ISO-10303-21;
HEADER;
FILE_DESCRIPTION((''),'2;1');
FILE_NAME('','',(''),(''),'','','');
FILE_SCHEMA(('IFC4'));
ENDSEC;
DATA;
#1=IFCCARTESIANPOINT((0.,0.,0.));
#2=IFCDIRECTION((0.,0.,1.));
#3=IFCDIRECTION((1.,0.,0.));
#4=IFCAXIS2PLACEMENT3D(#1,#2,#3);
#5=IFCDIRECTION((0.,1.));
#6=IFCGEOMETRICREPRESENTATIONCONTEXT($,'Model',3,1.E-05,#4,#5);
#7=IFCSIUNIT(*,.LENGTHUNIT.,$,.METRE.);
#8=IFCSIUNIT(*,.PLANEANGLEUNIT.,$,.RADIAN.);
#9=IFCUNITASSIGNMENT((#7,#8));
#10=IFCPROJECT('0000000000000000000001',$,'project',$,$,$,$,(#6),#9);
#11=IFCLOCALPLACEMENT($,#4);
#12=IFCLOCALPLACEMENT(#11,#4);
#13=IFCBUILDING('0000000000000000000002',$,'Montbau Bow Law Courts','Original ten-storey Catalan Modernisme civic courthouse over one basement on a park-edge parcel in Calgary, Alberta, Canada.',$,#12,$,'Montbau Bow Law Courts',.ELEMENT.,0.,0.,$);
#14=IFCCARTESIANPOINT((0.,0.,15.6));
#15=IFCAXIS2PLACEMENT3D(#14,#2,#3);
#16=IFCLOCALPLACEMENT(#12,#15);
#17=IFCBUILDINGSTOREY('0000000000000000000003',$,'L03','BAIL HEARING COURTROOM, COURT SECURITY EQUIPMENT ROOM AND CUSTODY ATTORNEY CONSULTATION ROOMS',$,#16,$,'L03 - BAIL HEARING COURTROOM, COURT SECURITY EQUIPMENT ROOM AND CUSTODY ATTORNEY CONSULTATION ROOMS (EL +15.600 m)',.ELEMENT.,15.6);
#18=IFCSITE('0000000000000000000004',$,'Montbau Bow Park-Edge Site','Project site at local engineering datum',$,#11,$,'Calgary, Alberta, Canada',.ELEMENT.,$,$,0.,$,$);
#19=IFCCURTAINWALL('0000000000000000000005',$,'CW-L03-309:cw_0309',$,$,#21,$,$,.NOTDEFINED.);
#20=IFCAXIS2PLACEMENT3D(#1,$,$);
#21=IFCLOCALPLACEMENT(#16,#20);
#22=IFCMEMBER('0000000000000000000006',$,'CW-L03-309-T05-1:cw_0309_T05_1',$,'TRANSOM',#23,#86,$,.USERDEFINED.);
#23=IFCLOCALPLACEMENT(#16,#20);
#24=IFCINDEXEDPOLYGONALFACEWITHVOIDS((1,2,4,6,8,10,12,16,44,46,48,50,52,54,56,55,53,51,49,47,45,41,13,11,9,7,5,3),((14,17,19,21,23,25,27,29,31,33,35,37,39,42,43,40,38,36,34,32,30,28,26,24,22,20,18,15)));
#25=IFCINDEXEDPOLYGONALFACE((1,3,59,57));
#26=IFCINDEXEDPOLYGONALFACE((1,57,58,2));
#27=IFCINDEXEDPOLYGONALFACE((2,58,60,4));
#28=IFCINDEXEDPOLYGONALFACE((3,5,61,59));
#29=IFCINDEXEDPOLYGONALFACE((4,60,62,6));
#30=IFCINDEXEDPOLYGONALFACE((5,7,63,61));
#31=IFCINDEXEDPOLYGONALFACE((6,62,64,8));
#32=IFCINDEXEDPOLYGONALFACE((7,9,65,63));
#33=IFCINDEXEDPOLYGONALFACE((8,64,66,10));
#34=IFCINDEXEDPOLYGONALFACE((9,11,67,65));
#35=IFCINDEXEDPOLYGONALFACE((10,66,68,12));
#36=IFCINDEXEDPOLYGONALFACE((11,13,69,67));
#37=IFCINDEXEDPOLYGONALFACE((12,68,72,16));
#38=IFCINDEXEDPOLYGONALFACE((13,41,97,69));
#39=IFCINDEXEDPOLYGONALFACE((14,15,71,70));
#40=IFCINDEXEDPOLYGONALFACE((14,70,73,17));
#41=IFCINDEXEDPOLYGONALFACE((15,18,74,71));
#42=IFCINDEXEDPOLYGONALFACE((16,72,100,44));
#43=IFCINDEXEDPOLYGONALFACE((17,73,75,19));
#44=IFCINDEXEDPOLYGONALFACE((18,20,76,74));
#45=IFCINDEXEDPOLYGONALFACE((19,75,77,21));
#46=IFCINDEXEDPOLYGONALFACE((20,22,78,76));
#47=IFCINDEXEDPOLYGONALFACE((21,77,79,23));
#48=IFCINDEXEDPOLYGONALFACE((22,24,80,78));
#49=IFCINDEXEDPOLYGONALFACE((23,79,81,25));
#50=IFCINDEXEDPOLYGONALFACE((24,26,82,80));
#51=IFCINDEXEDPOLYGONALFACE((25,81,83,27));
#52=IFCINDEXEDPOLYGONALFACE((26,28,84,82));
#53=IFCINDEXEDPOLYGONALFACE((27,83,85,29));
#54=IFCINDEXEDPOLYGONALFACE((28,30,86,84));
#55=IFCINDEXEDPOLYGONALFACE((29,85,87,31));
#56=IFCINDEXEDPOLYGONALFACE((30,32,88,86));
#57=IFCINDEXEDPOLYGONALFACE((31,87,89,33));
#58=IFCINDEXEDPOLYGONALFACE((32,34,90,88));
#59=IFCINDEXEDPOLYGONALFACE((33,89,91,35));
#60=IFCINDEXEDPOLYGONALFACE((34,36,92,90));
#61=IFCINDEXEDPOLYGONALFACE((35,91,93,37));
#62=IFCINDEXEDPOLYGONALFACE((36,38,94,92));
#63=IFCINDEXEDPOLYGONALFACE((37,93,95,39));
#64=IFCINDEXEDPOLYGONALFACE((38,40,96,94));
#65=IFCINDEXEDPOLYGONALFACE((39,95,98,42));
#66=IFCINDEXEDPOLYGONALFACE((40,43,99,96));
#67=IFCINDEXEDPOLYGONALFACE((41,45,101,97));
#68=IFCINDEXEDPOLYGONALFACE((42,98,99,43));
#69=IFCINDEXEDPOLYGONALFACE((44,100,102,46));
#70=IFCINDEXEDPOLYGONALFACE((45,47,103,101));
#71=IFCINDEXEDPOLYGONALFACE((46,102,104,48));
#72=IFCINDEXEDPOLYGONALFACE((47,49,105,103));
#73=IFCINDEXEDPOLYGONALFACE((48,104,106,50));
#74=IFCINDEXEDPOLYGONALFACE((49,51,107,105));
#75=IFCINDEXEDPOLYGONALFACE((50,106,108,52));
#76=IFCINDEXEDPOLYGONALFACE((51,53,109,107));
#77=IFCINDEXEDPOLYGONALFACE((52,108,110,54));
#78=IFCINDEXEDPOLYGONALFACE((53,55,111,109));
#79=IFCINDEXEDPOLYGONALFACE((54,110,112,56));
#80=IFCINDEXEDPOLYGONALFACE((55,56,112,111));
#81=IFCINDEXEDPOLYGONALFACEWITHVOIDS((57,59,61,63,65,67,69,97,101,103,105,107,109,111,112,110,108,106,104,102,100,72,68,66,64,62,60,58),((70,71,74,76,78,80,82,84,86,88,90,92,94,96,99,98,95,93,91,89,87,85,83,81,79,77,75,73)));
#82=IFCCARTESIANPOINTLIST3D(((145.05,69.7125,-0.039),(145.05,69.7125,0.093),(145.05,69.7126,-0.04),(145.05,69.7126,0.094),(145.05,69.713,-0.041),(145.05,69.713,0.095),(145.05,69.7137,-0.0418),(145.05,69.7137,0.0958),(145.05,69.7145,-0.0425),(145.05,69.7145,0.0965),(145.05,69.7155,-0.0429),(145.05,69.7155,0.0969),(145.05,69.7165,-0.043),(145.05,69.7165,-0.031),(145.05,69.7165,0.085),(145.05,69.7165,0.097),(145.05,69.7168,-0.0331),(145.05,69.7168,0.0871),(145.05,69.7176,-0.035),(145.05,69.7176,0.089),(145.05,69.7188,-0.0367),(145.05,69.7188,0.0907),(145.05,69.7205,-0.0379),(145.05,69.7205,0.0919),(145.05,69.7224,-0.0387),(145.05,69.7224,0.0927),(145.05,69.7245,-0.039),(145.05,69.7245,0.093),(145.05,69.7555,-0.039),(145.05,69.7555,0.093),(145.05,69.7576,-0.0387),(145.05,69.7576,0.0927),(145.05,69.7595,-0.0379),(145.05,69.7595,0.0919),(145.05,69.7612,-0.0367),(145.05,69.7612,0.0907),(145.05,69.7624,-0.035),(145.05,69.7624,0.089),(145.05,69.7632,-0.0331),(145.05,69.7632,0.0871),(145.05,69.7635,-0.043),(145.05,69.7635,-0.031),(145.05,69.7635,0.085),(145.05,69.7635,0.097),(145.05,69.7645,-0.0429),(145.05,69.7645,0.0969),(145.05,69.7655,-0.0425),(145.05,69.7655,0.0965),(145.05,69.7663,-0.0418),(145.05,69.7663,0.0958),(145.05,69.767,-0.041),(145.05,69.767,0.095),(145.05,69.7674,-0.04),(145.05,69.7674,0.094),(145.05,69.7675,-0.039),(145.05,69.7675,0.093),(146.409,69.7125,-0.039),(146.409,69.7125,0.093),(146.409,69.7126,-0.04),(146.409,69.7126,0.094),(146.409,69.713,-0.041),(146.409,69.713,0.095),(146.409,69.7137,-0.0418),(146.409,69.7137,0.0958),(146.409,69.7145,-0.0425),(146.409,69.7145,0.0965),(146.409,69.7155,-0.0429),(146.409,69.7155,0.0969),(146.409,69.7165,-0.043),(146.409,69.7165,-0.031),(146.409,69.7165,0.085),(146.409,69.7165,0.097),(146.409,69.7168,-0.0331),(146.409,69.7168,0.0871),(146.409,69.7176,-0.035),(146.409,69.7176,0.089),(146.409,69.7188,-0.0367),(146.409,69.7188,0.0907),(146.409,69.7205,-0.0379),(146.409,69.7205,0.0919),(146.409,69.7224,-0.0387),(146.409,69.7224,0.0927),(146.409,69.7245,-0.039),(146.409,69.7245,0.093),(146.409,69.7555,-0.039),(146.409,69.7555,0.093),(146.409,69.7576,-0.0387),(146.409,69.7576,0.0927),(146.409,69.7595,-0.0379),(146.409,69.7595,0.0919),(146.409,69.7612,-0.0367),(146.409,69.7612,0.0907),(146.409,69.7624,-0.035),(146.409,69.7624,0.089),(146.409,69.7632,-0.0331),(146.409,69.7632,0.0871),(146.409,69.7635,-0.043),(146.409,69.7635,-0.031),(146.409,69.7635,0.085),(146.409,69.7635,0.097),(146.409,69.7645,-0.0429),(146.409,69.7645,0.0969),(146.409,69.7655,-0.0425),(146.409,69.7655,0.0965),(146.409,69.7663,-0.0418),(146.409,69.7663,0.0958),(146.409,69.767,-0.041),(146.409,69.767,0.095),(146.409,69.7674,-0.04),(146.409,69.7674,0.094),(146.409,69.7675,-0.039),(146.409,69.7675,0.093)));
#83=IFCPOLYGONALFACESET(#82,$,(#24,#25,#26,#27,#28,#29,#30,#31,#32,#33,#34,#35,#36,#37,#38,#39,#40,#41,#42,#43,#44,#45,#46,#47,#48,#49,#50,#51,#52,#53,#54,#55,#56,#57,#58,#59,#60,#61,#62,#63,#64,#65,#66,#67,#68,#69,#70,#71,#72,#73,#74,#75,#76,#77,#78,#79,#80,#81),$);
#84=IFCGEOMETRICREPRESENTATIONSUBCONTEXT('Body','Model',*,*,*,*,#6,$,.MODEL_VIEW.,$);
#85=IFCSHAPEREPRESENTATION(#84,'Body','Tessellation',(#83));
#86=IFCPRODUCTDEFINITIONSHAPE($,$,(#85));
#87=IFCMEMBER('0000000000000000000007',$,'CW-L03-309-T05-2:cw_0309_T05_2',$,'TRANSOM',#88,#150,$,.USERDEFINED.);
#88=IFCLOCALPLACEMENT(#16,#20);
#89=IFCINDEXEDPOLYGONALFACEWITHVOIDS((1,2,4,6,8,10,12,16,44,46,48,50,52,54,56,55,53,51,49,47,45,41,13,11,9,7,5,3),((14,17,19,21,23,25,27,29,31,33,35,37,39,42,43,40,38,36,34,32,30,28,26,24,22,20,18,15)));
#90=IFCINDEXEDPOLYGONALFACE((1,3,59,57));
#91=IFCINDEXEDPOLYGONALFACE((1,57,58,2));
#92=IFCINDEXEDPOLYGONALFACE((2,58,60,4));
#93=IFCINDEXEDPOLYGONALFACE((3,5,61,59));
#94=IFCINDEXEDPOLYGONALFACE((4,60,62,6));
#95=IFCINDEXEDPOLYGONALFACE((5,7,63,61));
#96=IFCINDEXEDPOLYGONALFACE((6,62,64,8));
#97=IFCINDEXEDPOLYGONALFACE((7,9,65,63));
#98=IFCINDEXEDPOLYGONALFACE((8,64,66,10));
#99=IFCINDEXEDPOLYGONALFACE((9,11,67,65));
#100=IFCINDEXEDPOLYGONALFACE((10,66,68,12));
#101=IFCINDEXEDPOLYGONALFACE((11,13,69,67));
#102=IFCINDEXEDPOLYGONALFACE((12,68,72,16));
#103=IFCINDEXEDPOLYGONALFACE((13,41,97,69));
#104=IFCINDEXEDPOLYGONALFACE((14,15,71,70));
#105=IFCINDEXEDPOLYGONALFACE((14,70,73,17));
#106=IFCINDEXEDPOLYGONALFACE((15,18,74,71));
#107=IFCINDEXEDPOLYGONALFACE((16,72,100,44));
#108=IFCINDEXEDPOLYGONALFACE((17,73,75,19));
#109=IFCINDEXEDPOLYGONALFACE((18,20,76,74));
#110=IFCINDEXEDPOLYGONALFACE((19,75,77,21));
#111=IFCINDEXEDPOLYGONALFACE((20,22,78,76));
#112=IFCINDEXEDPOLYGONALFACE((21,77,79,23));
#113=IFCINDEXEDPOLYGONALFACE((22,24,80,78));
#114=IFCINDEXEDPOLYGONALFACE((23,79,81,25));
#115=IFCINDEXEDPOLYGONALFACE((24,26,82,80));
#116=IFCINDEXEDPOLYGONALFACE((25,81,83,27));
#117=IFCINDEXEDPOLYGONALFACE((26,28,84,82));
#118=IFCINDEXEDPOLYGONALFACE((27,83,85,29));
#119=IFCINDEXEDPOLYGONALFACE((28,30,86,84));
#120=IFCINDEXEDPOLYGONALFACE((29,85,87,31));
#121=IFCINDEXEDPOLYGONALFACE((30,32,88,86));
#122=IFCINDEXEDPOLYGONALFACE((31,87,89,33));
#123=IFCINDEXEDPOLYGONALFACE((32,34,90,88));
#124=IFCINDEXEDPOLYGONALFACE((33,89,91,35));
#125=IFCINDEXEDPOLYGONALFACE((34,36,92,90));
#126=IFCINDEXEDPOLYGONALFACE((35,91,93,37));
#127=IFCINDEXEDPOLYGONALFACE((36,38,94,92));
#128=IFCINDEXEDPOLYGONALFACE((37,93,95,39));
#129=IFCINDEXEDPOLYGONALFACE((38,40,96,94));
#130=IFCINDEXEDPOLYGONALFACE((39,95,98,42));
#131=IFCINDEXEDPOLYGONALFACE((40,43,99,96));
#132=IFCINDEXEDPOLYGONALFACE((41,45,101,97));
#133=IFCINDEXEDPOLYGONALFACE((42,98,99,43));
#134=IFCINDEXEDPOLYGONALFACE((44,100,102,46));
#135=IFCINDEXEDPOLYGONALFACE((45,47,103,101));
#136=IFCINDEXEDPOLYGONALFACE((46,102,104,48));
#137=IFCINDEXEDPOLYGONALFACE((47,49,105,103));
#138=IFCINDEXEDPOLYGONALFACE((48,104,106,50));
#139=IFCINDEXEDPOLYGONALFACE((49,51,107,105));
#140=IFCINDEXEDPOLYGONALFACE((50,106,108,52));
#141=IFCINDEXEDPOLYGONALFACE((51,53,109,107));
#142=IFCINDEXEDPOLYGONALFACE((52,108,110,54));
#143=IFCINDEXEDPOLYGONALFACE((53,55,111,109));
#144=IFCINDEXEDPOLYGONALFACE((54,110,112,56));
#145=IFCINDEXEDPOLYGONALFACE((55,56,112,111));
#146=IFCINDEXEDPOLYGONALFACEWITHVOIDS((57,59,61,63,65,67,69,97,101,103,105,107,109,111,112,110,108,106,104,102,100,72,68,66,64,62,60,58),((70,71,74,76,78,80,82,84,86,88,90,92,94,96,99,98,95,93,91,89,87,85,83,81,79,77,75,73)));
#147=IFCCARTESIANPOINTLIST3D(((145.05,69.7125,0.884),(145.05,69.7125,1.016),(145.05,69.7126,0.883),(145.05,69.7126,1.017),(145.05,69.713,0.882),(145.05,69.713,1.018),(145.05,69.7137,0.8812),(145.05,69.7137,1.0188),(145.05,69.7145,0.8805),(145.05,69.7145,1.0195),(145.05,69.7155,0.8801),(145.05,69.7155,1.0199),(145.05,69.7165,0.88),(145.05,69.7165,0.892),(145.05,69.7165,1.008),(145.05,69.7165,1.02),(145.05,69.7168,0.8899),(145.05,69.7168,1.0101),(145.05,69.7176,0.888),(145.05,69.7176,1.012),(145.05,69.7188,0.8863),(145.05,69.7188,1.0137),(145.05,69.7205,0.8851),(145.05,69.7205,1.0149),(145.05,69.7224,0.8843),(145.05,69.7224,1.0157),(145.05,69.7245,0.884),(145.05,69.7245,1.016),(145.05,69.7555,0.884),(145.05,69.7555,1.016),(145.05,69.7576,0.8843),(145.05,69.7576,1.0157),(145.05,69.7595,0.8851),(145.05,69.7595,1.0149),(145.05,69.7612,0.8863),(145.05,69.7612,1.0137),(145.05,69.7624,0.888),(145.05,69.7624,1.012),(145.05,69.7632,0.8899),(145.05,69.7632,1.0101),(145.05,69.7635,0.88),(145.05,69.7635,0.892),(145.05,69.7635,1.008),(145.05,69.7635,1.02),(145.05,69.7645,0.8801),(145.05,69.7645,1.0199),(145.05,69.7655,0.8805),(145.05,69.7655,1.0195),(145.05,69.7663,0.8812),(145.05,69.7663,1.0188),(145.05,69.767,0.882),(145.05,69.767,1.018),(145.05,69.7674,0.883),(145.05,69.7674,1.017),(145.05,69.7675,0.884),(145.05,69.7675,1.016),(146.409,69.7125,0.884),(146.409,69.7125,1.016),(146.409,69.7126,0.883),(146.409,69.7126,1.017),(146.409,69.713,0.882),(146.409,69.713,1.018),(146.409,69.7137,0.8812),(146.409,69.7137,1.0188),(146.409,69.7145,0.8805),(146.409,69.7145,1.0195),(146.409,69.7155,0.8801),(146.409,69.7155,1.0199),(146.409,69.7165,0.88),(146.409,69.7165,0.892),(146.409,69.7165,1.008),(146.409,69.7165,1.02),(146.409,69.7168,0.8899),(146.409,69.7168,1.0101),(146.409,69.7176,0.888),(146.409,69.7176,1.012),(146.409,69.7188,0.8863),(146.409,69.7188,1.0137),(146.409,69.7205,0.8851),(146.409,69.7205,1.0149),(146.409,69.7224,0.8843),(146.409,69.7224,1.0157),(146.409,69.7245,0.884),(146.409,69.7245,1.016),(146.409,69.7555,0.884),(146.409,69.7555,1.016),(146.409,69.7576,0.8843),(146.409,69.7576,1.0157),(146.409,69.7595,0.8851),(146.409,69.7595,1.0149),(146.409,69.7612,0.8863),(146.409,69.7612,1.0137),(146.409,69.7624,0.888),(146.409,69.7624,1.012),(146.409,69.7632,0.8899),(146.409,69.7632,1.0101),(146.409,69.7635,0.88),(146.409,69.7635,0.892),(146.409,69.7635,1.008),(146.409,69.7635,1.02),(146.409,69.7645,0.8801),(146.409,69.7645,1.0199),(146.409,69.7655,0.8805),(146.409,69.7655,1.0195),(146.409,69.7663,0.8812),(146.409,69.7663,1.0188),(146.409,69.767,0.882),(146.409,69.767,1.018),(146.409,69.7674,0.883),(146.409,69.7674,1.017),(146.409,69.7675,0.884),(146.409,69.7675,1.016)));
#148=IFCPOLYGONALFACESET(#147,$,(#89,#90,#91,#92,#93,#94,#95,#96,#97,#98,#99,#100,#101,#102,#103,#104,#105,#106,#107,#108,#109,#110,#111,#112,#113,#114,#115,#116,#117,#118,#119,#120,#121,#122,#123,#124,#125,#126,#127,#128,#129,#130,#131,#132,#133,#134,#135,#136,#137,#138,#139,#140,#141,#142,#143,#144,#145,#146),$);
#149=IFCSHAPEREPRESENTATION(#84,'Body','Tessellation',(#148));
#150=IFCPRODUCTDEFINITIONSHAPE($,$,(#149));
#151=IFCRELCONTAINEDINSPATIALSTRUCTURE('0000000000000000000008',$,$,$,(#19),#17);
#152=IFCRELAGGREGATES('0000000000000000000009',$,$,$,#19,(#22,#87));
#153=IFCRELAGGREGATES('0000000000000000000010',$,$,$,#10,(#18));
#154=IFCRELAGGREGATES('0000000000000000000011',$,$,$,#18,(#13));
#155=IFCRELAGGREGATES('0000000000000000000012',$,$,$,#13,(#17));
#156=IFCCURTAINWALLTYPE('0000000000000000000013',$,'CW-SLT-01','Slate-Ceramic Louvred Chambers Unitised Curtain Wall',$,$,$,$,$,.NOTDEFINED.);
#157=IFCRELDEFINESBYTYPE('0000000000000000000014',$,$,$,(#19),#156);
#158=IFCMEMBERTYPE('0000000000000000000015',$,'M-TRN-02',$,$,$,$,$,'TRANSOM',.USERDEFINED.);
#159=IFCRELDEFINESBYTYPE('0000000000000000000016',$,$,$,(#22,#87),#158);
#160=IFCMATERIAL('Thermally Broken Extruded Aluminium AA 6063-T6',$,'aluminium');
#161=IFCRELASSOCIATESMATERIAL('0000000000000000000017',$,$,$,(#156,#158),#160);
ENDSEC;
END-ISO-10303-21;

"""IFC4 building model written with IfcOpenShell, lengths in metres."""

from ifc_helpers import new_model, si_unit, direction, frame, origin_with_axes, origin_2d_with_axis, place, context, subcontext, project, spatial, hollow_rectangle, extrude, material, material_profile, profile_set, type_object, element, aggregate, save


model = new_model("IFC4")

# Units and contexts
model_context = context("Model", 3, precision=1e-05, world=origin_with_axes(), true_north=direction((0.0, 1.0)))
body_context = subcontext(model_context, "Body", "Model", "MODEL_VIEW")
ifc_project = project(units=[si_unit("LENGTHUNIT", "METRE"), si_unit("PLANEANGLEUNIT", "RADIAN")], contexts=[model_context])

# Site, building, storey
site_placement = place(None, origin_with_axes())
site = spatial("IfcSite", under=ifc_project, at=site_placement, Name="Montbau Bow Park-Edge Site", Description="Project site at local engineering datum", LongName="Calgary, Alberta, Canada", CompositionType="ELEMENT", RefElevation=0.0)
building_placement = place(site_placement, origin_with_axes())
building = spatial("IfcBuilding", under=site, at=building_placement, Name="Montbau Bow Law Courts", Description="Original ten-storey Catalan Modernisme civic courthouse over one basement on a park-edge parcel in Calgary, Alberta, Canada.", LongName="Montbau Bow Law Courts", CompositionType="ELEMENT", ElevationOfRefHeight=0.0, ElevationOfTerrain=0.0)
storey_placement = place(building_placement, frame((0.0, 0.0, 15.6), z_axis=(0.0, 0.0, 1.0), x_axis=(1.0, 0.0, 0.0)))
storey = spatial("IfcBuildingStorey", under=building, at=storey_placement, Name="L03", Description="BAIL HEARING COURTROOM, COURT SECURITY EQUIPMENT ROOM AND CUSTODY ATTORNEY CONSULTATION ROOMS", LongName="L03 - BAIL HEARING COURTROOM, COURT SECURITY EQUIPMENT ROOM AND CUSTODY ATTORNEY CONSULTATION ROOMS (EL +15.600 m)", CompositionType="ELEMENT", Elevation=15.6)

# Curtain wall, members
ifc_material_1 = material(Name="Thermally Broken Extruded Aluminium AA 6063-T6", Category="aluminium")
curtain_wall_type = type_object("IfcCurtainWallType", Name="CW-SLT-01", Description="Slate-Ceramic Louvred Chambers Unitised Curtain Wall", PredefinedType="NOTDEFINED", material=ifc_material_1)
curtain_wall_placement = place(None, frame((139.115, 69.74, 15.6), z_axis=(0.0, 0.0, 1.0), x_axis=(1.0, 0.0, 0.0)))
curtain_wall = element("IfcCurtainWall", 1, at=curtain_wall_placement, inside=storey, type_object=curtain_wall_type, Name="CW-L03-309:cw_0309", PredefinedType="NOTDEFINED")
ifc_material_profile_1 = material_profile(ifc_material_1, hollow_rectangle(XDim=0.055, YDim=0.14, WallThickness=0.004, InnerFilletRadius=0.008, OuterFilletRadius=0.004, at=origin_2d_with_axis()), Name="CWT-140X55", Category="Main", Priority=0)
ifc_profile_set_1 = profile_set([ifc_material_profile_1], Name="Thermally Broken Extruded Aluminium AA 6063-T6")
member_type_1 = type_object("IfcMemberType", Name="M-TRN-02", ElementType="TRANSOM", PredefinedType="USERDEFINED", material=ifc_profile_set_1)
member_1_placement = place(None, frame((145.05, 69.74, 15.627), z_axis=(1.0, 0.0, 0.0), x_axis=(0.0, 1.0, 0.0)))
member_1 = element("IfcMember", 2, at=member_1_placement, type_object=member_type_1, Name="CW-L03-309-T05-1:cw_0309_T05_1", ObjectType="TRANSOM", PredefinedType="USERDEFINED", context=body_context, shape_type="SweptSolid", body=[
    extrude(hollow_rectangle(XDim=0.055, YDim=0.14, WallThickness=0.004, InnerFilletRadius=0.008, OuterFilletRadius=0.004, at=origin_2d_with_axis()), origin_with_axes(), (0.0, 0.0, 1.0), 1.359),
])
member_2_placement = place(None, frame((145.05, 69.74, 16.55), z_axis=(1.0, 0.0, 0.0), x_axis=(0.0, 1.0, 0.0)))
member_2 = element("IfcMember", 3, at=member_2_placement, type_object=member_type_1, Name="CW-L03-309-T05-2:cw_0309_T05_2", ObjectType="TRANSOM", PredefinedType="USERDEFINED", context=body_context, shape_type="SweptSolid", body=[
    extrude(hollow_rectangle(XDim=0.055, YDim=0.14, WallThickness=0.004, InnerFilletRadius=0.008, OuterFilletRadius=0.004, at=origin_2d_with_axis()), origin_with_axes(), (0.0, 0.0, 1.0), 1.359),
])
aggregate(curtain_wall, [member_1, member_2])

save(model, "model.ifc")
